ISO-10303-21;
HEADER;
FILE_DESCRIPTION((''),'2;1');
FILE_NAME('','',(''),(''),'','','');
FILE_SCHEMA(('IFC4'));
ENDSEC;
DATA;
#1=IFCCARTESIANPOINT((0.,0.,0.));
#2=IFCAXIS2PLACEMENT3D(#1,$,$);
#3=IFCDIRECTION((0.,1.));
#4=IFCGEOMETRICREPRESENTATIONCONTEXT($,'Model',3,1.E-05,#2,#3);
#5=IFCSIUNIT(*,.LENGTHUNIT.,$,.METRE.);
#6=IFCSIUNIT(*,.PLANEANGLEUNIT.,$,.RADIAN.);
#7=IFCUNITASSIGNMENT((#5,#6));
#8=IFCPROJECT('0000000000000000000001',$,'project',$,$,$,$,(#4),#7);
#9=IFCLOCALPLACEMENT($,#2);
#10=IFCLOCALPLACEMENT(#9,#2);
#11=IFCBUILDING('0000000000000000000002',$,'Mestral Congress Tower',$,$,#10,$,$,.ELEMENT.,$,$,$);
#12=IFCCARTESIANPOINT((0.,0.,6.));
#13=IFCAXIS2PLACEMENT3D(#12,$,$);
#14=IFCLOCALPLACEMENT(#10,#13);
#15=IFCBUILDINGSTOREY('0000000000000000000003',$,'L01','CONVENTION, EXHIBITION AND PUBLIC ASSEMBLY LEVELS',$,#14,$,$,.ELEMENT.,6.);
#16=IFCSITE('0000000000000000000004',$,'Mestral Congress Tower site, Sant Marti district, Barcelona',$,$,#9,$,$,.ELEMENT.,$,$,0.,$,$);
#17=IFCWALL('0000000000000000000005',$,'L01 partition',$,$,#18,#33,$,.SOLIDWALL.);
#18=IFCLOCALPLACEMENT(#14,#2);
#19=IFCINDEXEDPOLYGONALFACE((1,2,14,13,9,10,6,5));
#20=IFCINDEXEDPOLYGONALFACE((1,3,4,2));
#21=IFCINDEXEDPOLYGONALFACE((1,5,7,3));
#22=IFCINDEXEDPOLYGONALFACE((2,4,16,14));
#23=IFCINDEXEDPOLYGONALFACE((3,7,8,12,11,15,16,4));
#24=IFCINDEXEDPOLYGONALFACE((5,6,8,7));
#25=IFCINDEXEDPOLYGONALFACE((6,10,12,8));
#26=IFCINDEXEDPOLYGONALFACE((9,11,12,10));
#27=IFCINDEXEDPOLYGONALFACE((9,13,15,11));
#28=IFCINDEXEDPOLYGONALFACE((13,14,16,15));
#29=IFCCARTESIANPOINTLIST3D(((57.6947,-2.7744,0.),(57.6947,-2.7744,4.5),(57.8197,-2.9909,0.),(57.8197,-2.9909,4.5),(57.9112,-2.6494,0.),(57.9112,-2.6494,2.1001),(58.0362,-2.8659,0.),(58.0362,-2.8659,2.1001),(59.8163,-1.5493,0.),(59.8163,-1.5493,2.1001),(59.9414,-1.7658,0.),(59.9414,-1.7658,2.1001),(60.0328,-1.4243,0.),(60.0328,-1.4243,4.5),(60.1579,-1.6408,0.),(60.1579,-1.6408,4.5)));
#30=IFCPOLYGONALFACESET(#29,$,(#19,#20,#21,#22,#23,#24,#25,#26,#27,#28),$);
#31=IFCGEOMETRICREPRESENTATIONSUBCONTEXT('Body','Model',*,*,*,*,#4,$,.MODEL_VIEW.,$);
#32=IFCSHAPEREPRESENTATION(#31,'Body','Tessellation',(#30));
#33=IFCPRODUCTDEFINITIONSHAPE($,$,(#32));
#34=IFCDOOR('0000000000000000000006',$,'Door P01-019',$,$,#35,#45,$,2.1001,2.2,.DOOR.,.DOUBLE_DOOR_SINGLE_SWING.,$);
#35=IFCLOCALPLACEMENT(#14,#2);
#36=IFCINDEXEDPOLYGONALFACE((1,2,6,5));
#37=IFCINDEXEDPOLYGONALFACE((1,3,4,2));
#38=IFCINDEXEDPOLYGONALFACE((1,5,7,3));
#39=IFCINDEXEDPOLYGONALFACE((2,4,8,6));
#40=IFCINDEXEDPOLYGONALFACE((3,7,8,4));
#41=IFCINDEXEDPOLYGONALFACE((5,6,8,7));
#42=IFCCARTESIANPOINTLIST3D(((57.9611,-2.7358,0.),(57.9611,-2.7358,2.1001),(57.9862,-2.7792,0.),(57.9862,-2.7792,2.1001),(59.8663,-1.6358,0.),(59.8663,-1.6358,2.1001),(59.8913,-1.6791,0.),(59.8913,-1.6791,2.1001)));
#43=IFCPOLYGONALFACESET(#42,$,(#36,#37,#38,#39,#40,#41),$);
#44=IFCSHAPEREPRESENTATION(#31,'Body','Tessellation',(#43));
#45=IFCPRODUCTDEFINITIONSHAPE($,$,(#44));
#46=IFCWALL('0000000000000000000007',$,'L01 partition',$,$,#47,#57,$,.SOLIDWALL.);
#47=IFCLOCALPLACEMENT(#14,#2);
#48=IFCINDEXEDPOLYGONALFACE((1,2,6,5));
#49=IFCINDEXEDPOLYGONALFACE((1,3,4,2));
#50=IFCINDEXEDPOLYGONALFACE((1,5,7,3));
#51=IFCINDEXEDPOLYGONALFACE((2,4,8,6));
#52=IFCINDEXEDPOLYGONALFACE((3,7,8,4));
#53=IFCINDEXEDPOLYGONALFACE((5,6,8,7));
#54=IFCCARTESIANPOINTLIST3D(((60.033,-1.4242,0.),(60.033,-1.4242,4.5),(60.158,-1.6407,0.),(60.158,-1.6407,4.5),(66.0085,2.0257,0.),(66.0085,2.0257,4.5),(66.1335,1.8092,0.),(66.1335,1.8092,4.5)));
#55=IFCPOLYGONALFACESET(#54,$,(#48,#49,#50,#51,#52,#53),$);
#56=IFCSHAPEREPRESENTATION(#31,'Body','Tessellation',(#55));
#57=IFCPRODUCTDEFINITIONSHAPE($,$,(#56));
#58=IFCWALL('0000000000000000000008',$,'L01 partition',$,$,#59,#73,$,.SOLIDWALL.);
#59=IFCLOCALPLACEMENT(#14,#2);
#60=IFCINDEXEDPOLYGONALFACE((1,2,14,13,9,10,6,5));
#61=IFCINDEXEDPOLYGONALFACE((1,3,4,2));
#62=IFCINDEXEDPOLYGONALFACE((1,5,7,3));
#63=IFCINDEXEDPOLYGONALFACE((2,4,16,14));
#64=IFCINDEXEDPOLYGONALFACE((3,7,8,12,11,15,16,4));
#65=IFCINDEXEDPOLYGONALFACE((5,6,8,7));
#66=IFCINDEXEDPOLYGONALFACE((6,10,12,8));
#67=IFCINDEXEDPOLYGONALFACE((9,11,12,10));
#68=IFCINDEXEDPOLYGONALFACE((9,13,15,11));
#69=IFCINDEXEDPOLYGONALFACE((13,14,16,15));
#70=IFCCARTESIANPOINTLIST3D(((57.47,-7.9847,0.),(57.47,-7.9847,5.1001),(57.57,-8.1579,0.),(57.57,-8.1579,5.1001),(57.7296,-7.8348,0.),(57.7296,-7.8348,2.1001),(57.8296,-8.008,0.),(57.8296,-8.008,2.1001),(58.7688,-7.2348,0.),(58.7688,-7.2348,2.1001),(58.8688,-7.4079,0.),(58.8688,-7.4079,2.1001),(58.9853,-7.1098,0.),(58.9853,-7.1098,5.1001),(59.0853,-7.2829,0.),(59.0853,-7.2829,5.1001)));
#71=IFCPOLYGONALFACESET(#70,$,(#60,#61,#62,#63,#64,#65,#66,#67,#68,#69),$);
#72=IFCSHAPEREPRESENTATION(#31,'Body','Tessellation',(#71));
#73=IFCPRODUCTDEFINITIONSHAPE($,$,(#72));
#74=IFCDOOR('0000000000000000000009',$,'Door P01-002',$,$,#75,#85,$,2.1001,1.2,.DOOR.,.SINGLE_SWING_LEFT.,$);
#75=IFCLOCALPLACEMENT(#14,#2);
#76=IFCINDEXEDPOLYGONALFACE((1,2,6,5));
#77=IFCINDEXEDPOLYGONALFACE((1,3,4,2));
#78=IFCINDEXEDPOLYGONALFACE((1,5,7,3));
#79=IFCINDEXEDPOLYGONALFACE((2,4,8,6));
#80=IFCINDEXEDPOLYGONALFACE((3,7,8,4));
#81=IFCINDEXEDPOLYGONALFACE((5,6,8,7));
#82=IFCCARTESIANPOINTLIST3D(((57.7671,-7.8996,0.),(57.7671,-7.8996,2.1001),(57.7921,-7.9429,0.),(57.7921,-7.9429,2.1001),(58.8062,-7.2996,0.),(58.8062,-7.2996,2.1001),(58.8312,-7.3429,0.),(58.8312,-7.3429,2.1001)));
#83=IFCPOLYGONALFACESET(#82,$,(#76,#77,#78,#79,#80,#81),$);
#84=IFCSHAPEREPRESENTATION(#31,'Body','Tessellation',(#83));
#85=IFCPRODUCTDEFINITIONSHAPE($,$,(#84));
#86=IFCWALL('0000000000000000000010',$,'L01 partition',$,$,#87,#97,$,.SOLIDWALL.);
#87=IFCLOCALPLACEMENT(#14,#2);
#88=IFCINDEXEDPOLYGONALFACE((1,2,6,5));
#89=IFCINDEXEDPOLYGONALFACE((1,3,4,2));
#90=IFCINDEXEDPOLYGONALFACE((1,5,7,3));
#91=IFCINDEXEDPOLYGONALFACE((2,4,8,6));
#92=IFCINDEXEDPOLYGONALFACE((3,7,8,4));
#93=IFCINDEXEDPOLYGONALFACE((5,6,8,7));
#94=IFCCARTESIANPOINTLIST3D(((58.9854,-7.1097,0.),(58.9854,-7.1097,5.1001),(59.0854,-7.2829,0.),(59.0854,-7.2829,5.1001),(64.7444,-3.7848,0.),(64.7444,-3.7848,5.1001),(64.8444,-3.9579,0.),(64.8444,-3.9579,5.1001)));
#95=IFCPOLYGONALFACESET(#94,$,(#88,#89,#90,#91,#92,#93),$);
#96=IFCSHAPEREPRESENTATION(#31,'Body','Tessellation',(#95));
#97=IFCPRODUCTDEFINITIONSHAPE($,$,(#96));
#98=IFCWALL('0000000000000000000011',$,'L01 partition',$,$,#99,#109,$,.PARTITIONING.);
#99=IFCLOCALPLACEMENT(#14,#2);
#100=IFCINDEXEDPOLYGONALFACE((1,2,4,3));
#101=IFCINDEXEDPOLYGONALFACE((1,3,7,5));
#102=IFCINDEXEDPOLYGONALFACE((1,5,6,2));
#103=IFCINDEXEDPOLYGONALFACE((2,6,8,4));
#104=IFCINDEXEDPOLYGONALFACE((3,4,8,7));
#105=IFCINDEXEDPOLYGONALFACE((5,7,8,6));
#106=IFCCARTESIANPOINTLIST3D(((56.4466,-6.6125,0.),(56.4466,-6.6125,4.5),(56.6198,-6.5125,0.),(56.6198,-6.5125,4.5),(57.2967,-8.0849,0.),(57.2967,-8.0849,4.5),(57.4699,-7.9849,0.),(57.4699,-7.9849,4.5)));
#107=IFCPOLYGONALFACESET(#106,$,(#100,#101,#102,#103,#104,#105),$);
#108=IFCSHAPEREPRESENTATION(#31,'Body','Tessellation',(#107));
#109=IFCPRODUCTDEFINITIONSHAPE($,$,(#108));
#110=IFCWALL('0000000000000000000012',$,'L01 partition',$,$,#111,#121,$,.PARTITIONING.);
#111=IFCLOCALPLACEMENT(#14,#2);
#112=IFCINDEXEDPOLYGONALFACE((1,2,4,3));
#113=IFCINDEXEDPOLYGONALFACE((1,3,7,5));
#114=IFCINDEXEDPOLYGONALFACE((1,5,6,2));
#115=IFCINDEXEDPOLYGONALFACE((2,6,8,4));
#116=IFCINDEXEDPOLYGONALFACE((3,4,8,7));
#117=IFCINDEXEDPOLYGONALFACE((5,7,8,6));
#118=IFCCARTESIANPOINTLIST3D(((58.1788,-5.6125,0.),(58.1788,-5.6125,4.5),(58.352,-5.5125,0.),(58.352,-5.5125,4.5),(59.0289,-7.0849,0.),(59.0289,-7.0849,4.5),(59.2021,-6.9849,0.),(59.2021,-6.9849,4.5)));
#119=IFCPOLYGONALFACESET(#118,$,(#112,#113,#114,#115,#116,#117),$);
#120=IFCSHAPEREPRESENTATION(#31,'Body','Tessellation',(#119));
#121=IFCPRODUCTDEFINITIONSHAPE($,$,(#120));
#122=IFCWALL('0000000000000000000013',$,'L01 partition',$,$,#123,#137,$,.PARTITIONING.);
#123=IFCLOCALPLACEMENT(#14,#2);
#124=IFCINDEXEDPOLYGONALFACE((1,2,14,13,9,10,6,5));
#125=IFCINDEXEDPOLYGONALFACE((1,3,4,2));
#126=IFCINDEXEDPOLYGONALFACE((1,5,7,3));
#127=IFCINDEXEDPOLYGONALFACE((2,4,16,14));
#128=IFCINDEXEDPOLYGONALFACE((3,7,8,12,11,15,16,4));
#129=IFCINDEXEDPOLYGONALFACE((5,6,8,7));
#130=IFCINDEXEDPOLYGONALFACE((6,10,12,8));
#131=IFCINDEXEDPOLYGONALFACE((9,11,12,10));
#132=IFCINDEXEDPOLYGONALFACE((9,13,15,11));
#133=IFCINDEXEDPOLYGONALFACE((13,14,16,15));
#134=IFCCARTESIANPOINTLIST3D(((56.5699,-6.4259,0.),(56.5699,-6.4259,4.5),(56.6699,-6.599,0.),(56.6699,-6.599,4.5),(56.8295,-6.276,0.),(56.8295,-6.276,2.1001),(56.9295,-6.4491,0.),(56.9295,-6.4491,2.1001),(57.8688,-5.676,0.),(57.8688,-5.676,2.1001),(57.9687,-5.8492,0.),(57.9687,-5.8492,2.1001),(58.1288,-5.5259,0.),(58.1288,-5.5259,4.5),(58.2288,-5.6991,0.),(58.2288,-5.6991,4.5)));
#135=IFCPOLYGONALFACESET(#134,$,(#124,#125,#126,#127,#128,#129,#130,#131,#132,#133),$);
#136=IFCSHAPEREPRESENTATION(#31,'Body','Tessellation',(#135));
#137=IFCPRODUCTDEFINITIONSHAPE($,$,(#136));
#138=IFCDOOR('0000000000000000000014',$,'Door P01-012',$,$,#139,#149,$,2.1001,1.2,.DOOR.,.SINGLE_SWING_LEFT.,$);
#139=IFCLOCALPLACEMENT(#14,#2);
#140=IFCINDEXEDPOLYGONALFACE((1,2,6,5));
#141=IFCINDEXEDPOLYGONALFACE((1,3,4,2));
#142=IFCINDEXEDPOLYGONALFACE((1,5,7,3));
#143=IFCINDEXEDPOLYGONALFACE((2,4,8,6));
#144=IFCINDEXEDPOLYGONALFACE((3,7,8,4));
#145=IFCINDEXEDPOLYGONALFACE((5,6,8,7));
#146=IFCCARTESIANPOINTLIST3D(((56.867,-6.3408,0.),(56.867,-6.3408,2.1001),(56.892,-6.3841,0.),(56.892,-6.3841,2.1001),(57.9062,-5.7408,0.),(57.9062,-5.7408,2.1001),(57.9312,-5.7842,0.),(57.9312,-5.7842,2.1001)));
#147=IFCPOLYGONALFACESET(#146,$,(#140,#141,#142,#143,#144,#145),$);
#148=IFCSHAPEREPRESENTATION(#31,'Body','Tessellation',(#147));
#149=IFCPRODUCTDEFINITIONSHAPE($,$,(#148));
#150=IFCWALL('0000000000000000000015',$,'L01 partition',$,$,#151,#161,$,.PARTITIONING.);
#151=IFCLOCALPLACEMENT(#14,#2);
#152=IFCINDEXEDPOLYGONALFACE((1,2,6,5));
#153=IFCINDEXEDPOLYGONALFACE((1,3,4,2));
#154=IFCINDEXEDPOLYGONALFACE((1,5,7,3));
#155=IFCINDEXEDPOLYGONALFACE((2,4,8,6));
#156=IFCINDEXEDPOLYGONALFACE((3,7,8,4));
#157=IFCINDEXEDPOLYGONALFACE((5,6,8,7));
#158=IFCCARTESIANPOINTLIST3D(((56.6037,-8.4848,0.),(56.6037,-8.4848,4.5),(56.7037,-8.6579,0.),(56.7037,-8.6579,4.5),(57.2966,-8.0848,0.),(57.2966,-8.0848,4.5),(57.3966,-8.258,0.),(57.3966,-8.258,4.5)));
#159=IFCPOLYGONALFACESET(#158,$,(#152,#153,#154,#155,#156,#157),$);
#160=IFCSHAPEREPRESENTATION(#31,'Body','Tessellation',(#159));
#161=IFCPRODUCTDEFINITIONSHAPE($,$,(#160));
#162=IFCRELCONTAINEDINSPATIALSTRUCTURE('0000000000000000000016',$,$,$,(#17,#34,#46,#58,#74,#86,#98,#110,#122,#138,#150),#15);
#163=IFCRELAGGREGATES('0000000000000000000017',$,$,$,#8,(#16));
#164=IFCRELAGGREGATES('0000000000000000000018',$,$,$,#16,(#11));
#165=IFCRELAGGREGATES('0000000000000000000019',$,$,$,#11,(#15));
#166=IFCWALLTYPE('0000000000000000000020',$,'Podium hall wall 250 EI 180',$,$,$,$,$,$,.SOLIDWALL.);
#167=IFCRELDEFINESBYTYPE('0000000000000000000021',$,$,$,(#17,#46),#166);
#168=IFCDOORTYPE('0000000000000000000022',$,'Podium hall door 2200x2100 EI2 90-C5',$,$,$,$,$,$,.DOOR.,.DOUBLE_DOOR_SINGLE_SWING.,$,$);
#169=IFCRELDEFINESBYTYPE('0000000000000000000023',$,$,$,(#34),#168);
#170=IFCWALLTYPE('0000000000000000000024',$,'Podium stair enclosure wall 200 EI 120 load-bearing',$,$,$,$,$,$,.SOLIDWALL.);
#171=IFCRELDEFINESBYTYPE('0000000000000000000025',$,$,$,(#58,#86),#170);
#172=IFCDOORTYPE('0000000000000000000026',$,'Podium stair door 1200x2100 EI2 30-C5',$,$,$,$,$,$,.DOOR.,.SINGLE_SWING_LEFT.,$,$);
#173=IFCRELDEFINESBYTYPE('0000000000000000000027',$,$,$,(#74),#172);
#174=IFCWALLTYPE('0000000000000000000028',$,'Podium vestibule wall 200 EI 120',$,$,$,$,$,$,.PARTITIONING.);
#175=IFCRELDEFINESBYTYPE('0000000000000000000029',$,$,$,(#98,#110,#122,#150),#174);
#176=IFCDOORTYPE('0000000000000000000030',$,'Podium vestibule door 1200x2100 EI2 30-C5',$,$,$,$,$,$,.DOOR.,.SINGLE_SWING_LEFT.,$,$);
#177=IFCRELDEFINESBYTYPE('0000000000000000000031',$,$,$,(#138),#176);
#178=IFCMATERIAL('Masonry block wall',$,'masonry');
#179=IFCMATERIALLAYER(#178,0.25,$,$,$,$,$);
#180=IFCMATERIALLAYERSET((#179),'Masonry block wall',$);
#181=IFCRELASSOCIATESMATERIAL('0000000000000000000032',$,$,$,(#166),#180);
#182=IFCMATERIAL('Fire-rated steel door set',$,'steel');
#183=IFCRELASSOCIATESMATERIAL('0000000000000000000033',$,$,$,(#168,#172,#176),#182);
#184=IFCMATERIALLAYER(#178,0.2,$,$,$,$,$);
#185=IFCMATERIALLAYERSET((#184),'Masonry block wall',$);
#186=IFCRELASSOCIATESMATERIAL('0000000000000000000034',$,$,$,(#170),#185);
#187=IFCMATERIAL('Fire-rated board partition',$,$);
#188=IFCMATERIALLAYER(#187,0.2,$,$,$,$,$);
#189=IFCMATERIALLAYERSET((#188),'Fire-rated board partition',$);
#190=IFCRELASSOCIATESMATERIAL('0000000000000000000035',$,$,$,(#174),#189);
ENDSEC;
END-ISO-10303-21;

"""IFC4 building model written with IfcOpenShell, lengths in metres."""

from ifc_helpers import new_model, si_unit, direction, frame, frame_2d, origin, place, context, subcontext, project, spatial, rectangle, extrude, material, layer, layer_set, type_object, element, fill, save


model = new_model("IFC4")

# Units and contexts
model_context = context("Model", 3, precision=1e-05, world=origin(), true_north=direction((0.0, 1.0)))
body_context = subcontext(model_context, "Body", "Model", "MODEL_VIEW")
ifc_project = project(units=[si_unit("LENGTHUNIT", "METRE"), si_unit("PLANEANGLEUNIT", "RADIAN")], contexts=[model_context])

# Site, building, storey
site_placement = place(None, origin())
site = spatial("IfcSite", under=ifc_project, at=site_placement, Name="Mestral Congress Tower site, Sant Marti district, Barcelona", CompositionType="ELEMENT", RefElevation=0.0)
building_placement = place(site_placement, origin())
building = spatial("IfcBuilding", under=site, at=building_placement, Name="Mestral Congress Tower", CompositionType="ELEMENT")
storey_placement = place(building_placement, frame((0.0, 0.0, 6.0)))
storey = spatial("IfcBuildingStorey", under=building, at=storey_placement, Name="L01", Description="CONVENTION, EXHIBITION AND PUBLIC ASSEMBLY LEVELS", CompositionType="ELEMENT", Elevation=6.0)

# Shared definitions
ifc_material_1 = material(Name="Masonry block wall", Category="masonry")
ifc_layer_1 = layer(ifc_material_1, 0.25)
ifc_layer_set_1 = layer_set([ifc_layer_1], Name="Masonry block wall")
wall_type_1 = type_object("IfcWallType", Name="Podium hall wall 250 EI 180", PredefinedType="SOLIDWALL", material=ifc_layer_set_1)
ifc_material_2 = material(Name="Fire-rated steel door set", Category="steel")
door_type_1 = type_object("IfcDoorType", Name="Podium hall door 2200x2100 EI2 90-C5", OperationType="DOUBLE_DOOR_SINGLE_SWING", PredefinedType="DOOR", material=ifc_material_2)

# Wall, opening, door
wall_1_placement = place(storey_placement, frame((60.0955, -1.5325, 0.0), z_axis=(0.0, 0.0, 1.0), x_axis=(-0.865997, -0.500049, 0.0)))
wall_1 = element("IfcWall", 1, at=wall_1_placement, inside=storey, type_object=wall_type_1, Name="L01 partition", PredefinedType="SOLIDWALL", context=body_context, shape_type="SweptSolid", body=[
    extrude(rectangle(XDim=2.7, YDim=0.25, at=frame_2d((1.3501, 0.0))), origin(), (0.0, 0.0, 1.0), 4.5),
])
opening_1_placement = place(wall_1_placement, frame((0.25, 0.0, 0.0)))
opening_1 = element("IfcOpeningElement", 2, at=opening_1_placement, cuts=wall_1, PredefinedType="OPENING", context=body_context, shape_type="SweptSolid", body=[
    extrude(rectangle(XDim=2.2, YDim=2.1001, at=frame_2d((1.1001, 1.05))), frame((0.0, 0.135, 0.0), z_axis=(0.0, -1.0, 0.0), x_axis=(1.0, 0.0, 0.0)), (0.0, 0.0, 1.0), 0.27),
])
door_1_placement = place(opening_1_placement, origin())
door_1 = element("IfcDoor", 3, at=door_1_placement, inside=storey, type_object=door_type_1, Name="Door P01-019", OperationType="DOUBLE_DOOR_SINGLE_SWING", OverallHeight=2.1001, OverallWidth=2.2, PredefinedType="DOOR", context=body_context, shape_type="SweptSolid", body=[
    extrude(rectangle(XDim=2.2, YDim=2.1001, at=frame_2d((1.1001, 1.05))), frame((0.0, 0.0249, 0.0), z_axis=(0.0, -1.0, 0.0), x_axis=(1.0, 0.0, 0.0)), (0.0, 0.0, 1.0), 0.05),
])
fill(opening_1, door_1)

# Wall
wall_2_placement = place(storey_placement, frame((60.0955, -1.5325, 0.0), z_axis=(0.0, 0.0, 1.0), x_axis=(0.866029, 0.499994, 0.0)))
element("IfcWall", 4, at=wall_2_placement, inside=storey, type_object=wall_type_1, Name="L01 partition", PredefinedType="SOLIDWALL", context=body_context, shape_type="SweptSolid", body=[
    extrude(rectangle(XDim=6.8999, YDim=0.25, at=frame_2d((3.45, 0.0))), origin(), (0.0, 0.0, 1.0), 4.5),
])

# Wall, opening, door
ifc_layer_2 = layer(ifc_material_1, 0.2)
ifc_layer_set_2 = layer_set([ifc_layer_2], Name="Masonry block wall")
wall_type_2 = type_object("IfcWallType", Name="Podium stair enclosure wall 200 EI 120 load-bearing", PredefinedType="SOLIDWALL", material=ifc_layer_set_2)
wall_3_placement = place(storey_placement, frame((59.0354, -7.1963, 0.0), z_axis=(0.0, 0.0, 1.0), x_axis=(-0.866002, -0.50004, 0.0)))
wall_3 = element("IfcWall", 5, at=wall_3_placement, inside=storey, type_object=wall_type_2, Name="L01 partition", PredefinedType="SOLIDWALL", context=body_context, shape_type="SweptSolid", body=[
    extrude(rectangle(XDim=1.7498, YDim=0.2, at=frame_2d((0.875, 0.0))), origin(), (0.0, 0.0, 1.0), 5.1001),
])
opening_2_placement = place(wall_3_placement, frame((0.25, 0.0, 0.0)))
opening_2 = element("IfcOpeningElement", 6, at=opening_2_placement, cuts=wall_3, PredefinedType="OPENING", context=body_context, shape_type="SweptSolid", body=[
    extrude(rectangle(XDim=1.2, YDim=2.1001, at=frame_2d((0.6001, 1.05))), frame((0.0, 0.1099, 0.0), z_axis=(0.0, -1.0, 0.0), x_axis=(1.0, 0.0, 0.0)), (0.0, 0.0, 1.0), 0.22),
])
door_type_2 = type_object("IfcDoorType", Name="Podium stair door 1200x2100 EI2 30-C5", OperationType="SINGLE_SWING_LEFT", PredefinedType="DOOR", material=ifc_material_2)
door_2_placement = place(opening_2_placement, origin())
door_2 = element("IfcDoor", 7, at=door_2_placement, inside=storey, type_object=door_type_2, Name="Door P01-002", OperationType="SINGLE_SWING_LEFT", OverallHeight=2.1001, OverallWidth=1.2, PredefinedType="DOOR", context=body_context, shape_type="SweptSolid", body=[
    extrude(rectangle(XDim=1.2, YDim=2.1001, at=frame_2d((0.6001, 1.05))), frame((0.0, 0.0249, 0.0), z_axis=(0.0, -1.0, 0.0), x_axis=(1.0, 0.0, 0.0)), (0.0, 0.0, 1.0), 0.05),
])
fill(opening_2, door_2)

# Walls
wall_4_placement = place(storey_placement, frame((59.0354, -7.1963, 0.0), z_axis=(0.0, 0.0, 1.0), x_axis=(0.866027, 0.499997, 0.0)))
element("IfcWall", 8, at=wall_4_placement, inside=storey, type_object=wall_type_2, Name="L01 partition", PredefinedType="SOLIDWALL", context=body_context, shape_type="SweptSolid", body=[
    extrude(rectangle(XDim=6.6499, YDim=0.2, at=frame_2d((3.325, 0.0))), origin(), (0.0, 0.0, 1.0), 5.1001),
])
ifc_material_3 = material(Name="Fire-rated board partition")
ifc_layer_3 = layer(ifc_material_3, 0.2)
ifc_layer_set_3 = layer_set([ifc_layer_3], Name="Fire-rated board partition")
wall_type_3 = type_object("IfcWallType", Name="Podium vestibule wall 200 EI 120", PredefinedType="PARTITIONING", material=ifc_layer_set_3)
for number, where, z_axis, x_axis, name in (
    (9, (57.3833, -8.0349, 0.0), (0.0, 0.0, 1.0), (-0.5, 0.866025, 0.0), "L01 partition"),
    (10, (59.1155, -7.0349, 0.0), (0.0, 0.0, 1.0), (-0.5, 0.866025, 0.0), "L01 partition"),
):
    element("IfcWall", number, at=place(storey_placement, frame(where, z_axis=z_axis, x_axis=x_axis)), inside=storey, type_object=wall_type_3, Name=name, PredefinedType="PARTITIONING", context=body_context, shape_type="SweptSolid", body=[
        extrude(rectangle(XDim=1.7002, YDim=0.2, at=frame_2d((0.8501, 0.0))), origin(), (0.0, 0.0, 1.0), 4.5),
    ])

# Wall, opening, door
wall_5_placement = place(storey_placement, frame((58.1787, -5.6125, 0.0), z_axis=(0.0, 0.0, 1.0), x_axis=(-0.866048, -0.499961, 0.0)))
wall_5 = element("IfcWall", 11, at=wall_5_placement, inside=storey, type_object=wall_type_3, Name="L01 partition", PredefinedType="PARTITIONING", context=body_context, shape_type="SweptSolid", body=[
    extrude(rectangle(XDim=1.8, YDim=0.2, at=frame_2d((0.8999, 0.0))), origin(), (0.0, 0.0, 1.0), 4.5),
])
opening_3_placement = place(wall_5_placement, frame((0.3, 0.0, 0.0)))
opening_3 = element("IfcOpeningElement", 12, at=opening_3_placement, cuts=wall_5, PredefinedType="OPENING", context=body_context, shape_type="SweptSolid", body=[
    extrude(rectangle(XDim=1.2, YDim=2.1001, at=frame_2d((0.6001, 1.05))), frame((0.0, 0.1099, 0.0), z_axis=(0.0, -1.0, 0.0), x_axis=(1.0, 0.0, 0.0)), (0.0, 0.0, 1.0), 0.22),
])
door_type_3 = type_object("IfcDoorType", Name="Podium vestibule door 1200x2100 EI2 30-C5", OperationType="SINGLE_SWING_LEFT", PredefinedType="DOOR", material=ifc_material_2)
door_3_placement = place(opening_3_placement, origin())
door_3 = element("IfcDoor", 13, at=door_3_placement, inside=storey, type_object=door_type_3, Name="Door P01-012", OperationType="SINGLE_SWING_LEFT", OverallHeight=2.1001, OverallWidth=1.2, PredefinedType="DOOR", context=body_context, shape_type="SweptSolid", body=[
    extrude(rectangle(XDim=1.2, YDim=2.1001, at=frame_2d((0.6001, 1.05))), frame((0.0, 0.0249, 0.0), z_axis=(0.0, -1.0, 0.0), x_axis=(1.0, 0.0, 0.0)), (0.0, 0.0, 1.0), 0.05),
])
fill(opening_3, door_3)

# Wall
wall_6_placement = place(storey_placement, frame((56.6538, -8.5713, 0.0), z_axis=(0.0, 0.0, 1.0), x_axis=(0.866094, 0.499881, 0.0)))
element("IfcWall", 14, at=wall_6_placement, inside=storey, type_object=wall_type_3, Name="L01 partition", PredefinedType="PARTITIONING", context=body_context, shape_type="SweptSolid", body=[
    extrude(rectangle(XDim=0.8, YDim=0.2, at=frame_2d((0.3999, 0.0))), origin(), (0.0, 0.0, 1.0), 4.5),
])

save(model, "model.ifc")
